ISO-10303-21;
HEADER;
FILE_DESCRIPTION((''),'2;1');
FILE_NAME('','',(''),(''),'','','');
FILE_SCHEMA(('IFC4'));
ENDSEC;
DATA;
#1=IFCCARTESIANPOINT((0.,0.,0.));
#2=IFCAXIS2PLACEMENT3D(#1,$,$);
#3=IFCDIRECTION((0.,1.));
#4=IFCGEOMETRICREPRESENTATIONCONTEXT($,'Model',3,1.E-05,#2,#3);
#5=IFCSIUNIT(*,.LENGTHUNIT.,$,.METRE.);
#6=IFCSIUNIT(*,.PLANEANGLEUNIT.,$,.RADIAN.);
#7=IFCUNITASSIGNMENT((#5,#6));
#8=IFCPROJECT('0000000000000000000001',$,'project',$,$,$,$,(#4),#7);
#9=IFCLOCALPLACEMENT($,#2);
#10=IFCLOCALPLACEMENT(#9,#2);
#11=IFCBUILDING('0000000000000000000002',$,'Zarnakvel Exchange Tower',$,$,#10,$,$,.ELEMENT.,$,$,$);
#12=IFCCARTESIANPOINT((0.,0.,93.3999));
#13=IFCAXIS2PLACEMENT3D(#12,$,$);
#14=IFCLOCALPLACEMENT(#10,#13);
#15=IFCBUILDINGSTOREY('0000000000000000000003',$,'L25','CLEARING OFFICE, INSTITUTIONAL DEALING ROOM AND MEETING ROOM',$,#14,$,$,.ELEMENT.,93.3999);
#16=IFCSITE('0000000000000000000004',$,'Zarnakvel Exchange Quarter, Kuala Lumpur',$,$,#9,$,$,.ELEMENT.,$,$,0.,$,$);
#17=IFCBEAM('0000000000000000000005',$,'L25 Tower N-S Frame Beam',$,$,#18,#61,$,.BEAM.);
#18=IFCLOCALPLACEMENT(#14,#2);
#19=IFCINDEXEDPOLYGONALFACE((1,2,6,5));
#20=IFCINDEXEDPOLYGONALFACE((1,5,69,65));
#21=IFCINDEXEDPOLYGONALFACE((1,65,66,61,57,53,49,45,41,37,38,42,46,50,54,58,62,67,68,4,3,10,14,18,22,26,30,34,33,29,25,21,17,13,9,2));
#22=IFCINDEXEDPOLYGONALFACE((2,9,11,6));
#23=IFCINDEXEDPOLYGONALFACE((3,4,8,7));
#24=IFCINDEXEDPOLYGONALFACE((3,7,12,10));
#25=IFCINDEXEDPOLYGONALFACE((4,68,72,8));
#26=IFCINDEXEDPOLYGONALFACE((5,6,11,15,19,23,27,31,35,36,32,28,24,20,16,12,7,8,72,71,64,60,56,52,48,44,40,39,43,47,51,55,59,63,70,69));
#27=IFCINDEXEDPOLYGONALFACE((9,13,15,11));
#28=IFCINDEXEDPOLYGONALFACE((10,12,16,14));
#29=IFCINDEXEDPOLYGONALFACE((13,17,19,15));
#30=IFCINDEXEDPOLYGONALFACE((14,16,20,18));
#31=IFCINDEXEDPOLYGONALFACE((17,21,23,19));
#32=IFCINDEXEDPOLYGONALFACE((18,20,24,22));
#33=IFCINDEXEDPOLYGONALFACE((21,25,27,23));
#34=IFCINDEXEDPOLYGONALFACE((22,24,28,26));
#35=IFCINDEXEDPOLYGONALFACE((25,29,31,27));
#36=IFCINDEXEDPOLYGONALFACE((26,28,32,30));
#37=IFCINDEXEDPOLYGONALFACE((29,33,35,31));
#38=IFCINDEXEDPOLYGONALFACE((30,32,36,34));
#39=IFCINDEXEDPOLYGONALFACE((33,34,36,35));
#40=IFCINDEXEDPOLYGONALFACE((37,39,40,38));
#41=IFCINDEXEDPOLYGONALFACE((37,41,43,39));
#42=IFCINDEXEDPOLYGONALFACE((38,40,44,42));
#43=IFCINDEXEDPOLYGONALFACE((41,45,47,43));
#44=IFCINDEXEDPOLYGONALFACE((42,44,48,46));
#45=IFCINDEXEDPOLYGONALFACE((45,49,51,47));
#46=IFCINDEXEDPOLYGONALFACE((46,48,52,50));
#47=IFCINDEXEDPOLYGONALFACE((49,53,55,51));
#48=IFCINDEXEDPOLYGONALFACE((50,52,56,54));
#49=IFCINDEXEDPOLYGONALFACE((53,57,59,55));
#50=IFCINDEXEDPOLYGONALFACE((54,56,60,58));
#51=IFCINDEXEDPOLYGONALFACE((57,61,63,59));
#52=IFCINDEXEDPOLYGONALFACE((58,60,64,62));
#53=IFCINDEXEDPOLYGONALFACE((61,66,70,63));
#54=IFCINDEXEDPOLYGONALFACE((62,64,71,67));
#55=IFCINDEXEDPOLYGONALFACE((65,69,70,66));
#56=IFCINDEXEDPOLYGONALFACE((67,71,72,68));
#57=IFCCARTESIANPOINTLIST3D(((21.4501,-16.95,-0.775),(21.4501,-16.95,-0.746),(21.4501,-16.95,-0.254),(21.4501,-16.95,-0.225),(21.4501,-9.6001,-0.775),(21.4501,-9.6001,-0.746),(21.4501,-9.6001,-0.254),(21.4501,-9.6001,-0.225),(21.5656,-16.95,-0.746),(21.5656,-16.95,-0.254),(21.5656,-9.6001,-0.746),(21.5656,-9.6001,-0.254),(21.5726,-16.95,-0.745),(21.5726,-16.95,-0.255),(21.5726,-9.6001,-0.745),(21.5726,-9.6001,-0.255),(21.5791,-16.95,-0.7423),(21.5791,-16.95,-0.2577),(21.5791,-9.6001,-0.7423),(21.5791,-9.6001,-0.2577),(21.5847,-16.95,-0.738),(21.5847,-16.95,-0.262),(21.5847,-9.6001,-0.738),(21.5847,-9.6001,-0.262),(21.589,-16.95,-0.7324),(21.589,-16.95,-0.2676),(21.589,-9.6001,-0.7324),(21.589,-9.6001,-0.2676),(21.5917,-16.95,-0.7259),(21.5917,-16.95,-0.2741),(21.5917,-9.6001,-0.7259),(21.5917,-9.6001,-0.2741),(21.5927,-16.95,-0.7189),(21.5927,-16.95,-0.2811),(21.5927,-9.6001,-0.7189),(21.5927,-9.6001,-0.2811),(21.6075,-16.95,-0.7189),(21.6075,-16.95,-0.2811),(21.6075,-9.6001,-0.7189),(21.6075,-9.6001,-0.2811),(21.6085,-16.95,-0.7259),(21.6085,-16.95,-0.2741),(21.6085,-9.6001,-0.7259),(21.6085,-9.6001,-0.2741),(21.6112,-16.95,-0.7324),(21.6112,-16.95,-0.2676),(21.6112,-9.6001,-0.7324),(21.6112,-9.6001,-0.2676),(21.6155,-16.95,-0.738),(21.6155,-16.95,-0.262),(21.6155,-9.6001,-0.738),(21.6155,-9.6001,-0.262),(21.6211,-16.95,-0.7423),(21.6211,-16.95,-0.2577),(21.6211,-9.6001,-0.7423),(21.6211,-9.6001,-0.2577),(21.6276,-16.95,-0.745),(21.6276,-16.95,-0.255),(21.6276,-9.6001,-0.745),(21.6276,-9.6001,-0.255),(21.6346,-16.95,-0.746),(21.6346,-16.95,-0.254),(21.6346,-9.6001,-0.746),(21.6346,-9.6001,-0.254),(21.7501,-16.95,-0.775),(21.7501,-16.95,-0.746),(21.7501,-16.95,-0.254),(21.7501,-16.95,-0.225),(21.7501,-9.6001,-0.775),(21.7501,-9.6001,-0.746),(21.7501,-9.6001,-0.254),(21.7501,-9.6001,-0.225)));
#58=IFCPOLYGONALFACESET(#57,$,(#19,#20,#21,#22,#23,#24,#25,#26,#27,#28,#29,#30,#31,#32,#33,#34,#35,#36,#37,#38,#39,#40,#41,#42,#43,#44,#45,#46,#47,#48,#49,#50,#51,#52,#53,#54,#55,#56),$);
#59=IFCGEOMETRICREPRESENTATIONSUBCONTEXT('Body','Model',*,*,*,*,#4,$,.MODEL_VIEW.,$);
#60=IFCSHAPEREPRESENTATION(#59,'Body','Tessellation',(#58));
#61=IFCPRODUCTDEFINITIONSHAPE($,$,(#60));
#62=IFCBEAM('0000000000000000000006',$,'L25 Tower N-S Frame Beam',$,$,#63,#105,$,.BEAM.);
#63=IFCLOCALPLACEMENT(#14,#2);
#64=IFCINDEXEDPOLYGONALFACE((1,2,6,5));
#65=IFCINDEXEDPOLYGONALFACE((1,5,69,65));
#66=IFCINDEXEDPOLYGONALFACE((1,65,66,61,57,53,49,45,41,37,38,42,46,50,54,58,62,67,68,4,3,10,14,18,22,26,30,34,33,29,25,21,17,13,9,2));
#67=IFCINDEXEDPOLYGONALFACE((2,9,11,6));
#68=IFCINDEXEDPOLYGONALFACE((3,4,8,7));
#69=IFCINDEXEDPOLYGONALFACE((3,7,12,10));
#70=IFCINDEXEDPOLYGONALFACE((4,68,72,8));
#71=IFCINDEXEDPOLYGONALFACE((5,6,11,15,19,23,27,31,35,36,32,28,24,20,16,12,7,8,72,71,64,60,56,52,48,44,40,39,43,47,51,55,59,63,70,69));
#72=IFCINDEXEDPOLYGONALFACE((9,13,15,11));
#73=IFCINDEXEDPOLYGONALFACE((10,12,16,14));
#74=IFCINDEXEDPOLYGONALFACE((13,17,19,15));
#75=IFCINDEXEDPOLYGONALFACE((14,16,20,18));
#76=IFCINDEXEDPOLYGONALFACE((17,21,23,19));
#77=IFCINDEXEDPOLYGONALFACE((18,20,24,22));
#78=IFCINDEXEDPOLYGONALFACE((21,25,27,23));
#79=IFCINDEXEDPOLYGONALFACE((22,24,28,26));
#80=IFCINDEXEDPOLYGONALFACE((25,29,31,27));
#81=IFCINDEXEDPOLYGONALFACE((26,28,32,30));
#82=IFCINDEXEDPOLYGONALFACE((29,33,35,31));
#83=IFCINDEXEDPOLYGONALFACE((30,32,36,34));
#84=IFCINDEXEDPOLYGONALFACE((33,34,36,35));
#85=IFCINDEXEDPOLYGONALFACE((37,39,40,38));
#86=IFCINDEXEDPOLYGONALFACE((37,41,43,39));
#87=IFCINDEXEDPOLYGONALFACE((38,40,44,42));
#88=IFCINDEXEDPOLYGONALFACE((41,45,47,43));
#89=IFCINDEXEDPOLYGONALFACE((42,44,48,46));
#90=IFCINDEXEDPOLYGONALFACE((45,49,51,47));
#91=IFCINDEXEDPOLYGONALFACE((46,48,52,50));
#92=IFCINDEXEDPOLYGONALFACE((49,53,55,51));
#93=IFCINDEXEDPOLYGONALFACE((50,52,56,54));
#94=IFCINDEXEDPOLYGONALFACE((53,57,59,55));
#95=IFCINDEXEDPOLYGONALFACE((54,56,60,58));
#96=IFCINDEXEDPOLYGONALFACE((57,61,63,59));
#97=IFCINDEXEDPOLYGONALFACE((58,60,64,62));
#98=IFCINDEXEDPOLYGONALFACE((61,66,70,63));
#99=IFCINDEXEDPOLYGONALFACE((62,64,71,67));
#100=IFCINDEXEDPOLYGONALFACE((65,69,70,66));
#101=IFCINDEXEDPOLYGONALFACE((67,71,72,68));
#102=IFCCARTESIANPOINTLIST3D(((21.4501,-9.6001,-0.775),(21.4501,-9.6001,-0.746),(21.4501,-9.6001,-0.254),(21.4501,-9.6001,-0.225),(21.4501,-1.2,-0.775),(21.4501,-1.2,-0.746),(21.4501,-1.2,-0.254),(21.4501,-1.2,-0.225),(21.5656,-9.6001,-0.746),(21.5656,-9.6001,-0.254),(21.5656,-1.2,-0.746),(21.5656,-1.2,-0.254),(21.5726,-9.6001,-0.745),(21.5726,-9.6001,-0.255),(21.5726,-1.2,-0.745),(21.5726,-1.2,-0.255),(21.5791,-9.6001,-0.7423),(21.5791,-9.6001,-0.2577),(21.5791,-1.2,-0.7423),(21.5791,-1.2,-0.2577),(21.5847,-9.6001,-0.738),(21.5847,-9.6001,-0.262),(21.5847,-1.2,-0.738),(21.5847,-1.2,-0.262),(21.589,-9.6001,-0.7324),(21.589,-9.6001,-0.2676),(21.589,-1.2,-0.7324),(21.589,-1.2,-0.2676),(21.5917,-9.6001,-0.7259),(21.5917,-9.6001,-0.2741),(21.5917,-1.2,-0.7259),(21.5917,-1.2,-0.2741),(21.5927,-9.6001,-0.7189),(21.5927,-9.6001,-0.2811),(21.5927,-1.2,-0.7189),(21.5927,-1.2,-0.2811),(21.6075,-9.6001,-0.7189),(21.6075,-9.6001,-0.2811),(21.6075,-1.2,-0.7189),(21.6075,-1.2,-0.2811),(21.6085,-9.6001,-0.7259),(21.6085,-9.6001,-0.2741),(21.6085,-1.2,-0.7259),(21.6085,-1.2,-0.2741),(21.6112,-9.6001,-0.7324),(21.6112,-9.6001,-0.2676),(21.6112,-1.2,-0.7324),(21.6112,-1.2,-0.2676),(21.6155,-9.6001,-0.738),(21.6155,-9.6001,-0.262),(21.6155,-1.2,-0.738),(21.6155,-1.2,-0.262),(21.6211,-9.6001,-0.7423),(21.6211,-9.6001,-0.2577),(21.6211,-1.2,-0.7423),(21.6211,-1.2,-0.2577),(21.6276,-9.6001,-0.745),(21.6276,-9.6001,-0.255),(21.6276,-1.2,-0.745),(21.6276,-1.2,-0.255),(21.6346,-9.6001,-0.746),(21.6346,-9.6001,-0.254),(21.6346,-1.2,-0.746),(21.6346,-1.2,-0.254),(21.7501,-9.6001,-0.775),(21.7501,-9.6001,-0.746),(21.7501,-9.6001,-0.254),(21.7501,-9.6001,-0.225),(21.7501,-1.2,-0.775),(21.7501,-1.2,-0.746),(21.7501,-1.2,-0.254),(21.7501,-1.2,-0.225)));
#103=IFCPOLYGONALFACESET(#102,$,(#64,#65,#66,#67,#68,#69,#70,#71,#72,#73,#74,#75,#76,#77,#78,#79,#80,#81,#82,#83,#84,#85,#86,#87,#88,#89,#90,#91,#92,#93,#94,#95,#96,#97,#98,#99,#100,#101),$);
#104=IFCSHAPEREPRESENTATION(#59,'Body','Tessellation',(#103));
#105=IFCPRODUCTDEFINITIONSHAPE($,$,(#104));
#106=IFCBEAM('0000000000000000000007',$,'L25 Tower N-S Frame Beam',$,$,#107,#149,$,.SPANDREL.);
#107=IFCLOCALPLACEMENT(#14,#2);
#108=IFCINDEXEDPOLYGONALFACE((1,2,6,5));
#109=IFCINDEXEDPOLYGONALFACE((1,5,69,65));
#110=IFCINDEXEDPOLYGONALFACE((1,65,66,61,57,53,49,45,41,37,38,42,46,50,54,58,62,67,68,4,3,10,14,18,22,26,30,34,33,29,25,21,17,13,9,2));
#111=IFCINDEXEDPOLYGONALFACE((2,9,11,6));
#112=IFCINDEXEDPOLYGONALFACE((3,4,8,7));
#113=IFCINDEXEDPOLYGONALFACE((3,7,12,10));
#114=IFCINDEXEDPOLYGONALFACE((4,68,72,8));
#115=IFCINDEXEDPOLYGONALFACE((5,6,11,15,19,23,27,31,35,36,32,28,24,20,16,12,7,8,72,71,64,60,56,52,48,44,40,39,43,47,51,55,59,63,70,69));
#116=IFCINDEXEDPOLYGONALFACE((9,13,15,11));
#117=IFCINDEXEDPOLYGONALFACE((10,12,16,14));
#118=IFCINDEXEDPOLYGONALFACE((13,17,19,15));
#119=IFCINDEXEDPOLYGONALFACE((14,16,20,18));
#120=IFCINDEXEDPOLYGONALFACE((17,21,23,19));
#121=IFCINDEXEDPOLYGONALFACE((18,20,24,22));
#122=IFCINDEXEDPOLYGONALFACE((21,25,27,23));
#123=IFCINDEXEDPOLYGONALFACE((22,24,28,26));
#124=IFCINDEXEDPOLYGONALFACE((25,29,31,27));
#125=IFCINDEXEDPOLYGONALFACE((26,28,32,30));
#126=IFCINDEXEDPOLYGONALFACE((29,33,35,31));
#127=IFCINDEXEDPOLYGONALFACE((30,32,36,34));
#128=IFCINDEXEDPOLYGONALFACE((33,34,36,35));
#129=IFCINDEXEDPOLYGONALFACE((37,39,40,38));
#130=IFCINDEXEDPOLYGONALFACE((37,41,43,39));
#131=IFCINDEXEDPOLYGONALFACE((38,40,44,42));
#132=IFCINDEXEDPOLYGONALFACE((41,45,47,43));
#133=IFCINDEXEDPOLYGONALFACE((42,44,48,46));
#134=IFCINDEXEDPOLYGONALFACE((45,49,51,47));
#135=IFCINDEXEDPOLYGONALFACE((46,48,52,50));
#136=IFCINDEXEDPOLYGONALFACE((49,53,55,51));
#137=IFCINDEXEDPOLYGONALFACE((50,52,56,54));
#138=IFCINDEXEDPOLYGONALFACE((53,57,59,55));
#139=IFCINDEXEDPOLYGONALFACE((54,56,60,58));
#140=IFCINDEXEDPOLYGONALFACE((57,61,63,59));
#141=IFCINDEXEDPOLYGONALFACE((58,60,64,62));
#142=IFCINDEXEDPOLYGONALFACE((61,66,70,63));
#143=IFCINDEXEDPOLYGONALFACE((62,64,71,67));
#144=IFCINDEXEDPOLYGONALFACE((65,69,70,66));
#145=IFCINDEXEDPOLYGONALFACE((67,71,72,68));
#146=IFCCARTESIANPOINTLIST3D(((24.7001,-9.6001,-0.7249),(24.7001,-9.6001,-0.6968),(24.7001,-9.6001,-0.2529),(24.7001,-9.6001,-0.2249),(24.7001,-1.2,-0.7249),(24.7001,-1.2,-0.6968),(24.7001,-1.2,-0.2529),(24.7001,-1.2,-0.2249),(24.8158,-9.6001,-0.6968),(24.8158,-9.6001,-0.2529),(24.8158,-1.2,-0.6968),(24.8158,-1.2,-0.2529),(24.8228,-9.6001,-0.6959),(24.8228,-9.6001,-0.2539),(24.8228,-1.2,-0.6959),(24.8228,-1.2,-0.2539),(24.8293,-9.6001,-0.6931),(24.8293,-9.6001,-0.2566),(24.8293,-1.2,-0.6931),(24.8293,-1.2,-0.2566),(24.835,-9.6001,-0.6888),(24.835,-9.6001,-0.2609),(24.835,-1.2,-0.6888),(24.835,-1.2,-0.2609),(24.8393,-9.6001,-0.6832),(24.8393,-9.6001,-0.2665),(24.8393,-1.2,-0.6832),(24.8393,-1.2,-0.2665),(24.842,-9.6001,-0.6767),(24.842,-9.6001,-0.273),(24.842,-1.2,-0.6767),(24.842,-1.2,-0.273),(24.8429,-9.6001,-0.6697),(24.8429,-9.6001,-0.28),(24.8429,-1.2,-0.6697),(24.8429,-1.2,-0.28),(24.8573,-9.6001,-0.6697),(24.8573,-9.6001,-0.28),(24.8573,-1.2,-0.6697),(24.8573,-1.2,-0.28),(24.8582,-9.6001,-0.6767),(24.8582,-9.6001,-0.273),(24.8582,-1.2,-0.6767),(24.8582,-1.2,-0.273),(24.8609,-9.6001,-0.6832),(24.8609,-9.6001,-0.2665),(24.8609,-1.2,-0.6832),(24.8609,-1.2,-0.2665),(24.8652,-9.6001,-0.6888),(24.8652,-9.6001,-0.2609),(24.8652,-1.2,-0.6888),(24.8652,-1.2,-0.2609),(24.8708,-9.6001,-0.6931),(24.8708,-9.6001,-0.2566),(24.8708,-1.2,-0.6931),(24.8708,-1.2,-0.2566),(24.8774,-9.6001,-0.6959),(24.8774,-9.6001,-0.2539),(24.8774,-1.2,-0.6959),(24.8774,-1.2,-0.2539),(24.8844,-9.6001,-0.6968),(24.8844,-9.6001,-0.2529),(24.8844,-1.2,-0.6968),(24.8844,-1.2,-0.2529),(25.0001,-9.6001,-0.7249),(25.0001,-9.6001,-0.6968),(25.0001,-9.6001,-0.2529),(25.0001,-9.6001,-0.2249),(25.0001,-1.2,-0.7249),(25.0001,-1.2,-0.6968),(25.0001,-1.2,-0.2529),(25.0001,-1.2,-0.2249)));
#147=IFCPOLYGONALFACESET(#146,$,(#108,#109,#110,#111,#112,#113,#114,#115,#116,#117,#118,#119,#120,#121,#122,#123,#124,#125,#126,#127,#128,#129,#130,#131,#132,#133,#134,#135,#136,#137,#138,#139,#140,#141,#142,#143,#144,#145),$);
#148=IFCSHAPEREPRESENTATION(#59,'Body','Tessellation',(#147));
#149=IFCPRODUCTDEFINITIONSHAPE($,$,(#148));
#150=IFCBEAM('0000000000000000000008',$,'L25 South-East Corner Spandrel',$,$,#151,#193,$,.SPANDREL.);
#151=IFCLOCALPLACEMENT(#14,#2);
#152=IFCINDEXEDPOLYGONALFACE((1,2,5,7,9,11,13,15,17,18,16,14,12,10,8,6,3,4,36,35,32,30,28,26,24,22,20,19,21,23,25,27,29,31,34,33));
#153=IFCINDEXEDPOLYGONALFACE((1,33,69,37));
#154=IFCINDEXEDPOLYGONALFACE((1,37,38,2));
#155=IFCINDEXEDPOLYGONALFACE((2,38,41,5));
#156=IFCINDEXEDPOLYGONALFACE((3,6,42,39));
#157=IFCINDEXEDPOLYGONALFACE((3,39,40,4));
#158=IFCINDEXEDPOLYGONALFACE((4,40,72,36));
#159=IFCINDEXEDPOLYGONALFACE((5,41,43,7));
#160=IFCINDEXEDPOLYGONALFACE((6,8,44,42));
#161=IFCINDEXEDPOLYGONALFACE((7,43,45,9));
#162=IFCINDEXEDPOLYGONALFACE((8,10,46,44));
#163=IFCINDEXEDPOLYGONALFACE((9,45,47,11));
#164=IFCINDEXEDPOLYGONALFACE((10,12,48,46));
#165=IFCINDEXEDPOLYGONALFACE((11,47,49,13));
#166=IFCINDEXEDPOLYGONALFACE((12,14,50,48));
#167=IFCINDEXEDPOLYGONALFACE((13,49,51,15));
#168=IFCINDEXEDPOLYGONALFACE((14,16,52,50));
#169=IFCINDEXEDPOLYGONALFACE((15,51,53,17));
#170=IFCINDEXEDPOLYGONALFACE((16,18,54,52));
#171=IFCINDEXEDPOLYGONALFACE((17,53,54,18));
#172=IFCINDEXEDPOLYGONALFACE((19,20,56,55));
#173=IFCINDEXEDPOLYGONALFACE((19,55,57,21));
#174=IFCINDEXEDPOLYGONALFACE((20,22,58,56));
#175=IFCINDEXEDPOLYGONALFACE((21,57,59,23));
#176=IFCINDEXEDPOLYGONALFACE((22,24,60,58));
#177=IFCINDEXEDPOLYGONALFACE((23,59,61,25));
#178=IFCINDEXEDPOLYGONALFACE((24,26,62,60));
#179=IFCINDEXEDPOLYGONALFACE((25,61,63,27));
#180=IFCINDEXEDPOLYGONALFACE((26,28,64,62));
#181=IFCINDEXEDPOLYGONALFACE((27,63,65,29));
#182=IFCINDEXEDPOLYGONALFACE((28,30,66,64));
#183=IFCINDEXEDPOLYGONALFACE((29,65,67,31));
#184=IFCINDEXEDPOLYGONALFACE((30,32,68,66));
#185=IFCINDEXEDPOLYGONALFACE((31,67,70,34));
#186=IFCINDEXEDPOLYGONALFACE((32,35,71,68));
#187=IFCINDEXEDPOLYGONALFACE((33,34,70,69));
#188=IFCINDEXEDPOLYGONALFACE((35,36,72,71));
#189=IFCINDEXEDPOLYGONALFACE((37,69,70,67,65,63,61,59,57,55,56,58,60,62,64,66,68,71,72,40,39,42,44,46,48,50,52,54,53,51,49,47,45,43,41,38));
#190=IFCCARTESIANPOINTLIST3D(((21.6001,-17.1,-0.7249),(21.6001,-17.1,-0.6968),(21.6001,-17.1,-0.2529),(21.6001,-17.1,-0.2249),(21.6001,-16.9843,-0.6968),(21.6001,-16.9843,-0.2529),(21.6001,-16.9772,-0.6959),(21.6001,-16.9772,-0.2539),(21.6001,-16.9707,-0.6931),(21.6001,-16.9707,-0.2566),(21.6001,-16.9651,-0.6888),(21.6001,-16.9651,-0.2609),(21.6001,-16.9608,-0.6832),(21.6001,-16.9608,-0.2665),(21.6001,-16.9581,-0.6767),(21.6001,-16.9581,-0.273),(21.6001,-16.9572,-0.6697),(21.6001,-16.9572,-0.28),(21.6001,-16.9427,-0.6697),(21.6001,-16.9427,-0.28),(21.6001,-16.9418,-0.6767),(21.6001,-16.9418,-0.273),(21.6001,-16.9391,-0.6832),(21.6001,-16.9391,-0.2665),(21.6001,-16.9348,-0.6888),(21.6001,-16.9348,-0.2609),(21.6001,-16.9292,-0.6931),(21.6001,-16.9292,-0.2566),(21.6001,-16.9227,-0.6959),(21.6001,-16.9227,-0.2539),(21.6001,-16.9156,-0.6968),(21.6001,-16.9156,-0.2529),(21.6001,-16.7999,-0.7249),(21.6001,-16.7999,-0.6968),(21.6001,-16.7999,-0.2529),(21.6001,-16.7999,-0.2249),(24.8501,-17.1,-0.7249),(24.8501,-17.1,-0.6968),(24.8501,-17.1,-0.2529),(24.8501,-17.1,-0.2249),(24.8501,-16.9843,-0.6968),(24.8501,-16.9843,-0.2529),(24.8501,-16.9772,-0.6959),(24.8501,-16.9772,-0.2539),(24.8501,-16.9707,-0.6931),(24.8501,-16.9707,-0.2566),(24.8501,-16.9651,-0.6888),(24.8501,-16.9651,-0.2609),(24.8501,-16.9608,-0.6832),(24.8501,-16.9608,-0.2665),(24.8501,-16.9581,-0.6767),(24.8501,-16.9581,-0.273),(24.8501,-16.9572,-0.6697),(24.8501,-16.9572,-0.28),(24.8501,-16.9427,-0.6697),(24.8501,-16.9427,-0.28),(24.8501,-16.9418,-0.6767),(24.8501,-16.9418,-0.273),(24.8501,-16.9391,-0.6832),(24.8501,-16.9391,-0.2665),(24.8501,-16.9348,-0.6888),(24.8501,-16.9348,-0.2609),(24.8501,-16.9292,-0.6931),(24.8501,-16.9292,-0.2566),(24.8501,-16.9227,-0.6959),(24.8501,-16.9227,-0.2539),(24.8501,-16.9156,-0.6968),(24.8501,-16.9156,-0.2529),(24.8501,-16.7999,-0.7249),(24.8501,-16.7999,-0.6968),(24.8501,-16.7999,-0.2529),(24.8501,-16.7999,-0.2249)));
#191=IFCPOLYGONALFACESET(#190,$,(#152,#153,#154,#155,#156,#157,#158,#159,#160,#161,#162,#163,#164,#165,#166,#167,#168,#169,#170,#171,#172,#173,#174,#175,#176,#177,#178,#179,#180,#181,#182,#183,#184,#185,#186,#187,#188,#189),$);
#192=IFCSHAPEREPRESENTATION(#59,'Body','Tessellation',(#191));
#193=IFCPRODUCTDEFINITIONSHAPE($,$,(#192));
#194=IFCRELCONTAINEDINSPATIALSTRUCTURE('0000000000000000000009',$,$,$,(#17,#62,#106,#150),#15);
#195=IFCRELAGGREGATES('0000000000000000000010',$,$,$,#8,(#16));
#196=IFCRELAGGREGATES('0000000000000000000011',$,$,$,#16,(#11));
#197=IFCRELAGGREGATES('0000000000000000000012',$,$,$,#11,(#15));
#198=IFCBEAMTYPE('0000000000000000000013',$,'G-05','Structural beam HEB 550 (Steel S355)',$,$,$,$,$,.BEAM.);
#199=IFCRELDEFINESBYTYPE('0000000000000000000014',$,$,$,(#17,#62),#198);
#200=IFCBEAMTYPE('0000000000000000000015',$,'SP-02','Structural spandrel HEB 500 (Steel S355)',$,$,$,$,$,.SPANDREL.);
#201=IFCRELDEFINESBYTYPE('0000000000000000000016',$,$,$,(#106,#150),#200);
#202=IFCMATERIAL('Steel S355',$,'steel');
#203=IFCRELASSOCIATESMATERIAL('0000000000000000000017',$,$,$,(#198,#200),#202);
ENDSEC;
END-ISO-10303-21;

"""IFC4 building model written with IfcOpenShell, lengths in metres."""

from ifc_helpers import new_model, si_unit, direction, frame, origin, origin_2d, place, context, subcontext, project, spatial, i_section, extrude, material, material_profile, profile_set, type_object, element, save


model = new_model("IFC4")

# Units and contexts
model_context = context("Model", 3, precision=1e-05, world=origin(), true_north=direction((0.0, 1.0)))
body_context = subcontext(model_context, "Body", "Model", "MODEL_VIEW")
ifc_project = project(units=[si_unit("LENGTHUNIT", "METRE"), si_unit("PLANEANGLEUNIT", "RADIAN")], contexts=[model_context])

# Site, building, storey
site_placement = place(None, origin())
site = spatial("IfcSite", under=ifc_project, at=site_placement, Name="Zarnakvel Exchange Quarter, Kuala Lumpur", CompositionType="ELEMENT", RefElevation=0.0)
building_placement = place(site_placement, origin())
building = spatial("IfcBuilding", under=site, at=building_placement, Name="Zarnakvel Exchange Tower", CompositionType="ELEMENT")
storey_placement = place(building_placement, frame((0.0, 0.0, 93.3999)))
storey = spatial("IfcBuildingStorey", under=building, at=storey_placement, Name="L25", Description="CLEARING OFFICE, INSTITUTIONAL DEALING ROOM AND MEETING ROOM", CompositionType="ELEMENT", Elevation=93.3999)

# Shared definitions
ifc_material_1 = material(Name="Steel S355", Category="steel")

# Beams
ifc_material_profile_1 = material_profile(ifc_material_1, i_section(OverallWidth=0.3, OverallDepth=0.55, WebThickness=0.0149, FlangeThickness=0.0291, FilletRadius=0.0271, at=origin_2d()))
ifc_profile_set_1 = profile_set([ifc_material_profile_1], Name="Steel S355")
beam_type_1 = type_object("IfcBeamType", Name="G-05", Description="Structural beam HEB 550 (Steel S355)", PredefinedType="BEAM", material=ifc_profile_set_1)
beam_1_placement = place(storey_placement, frame((21.6001, -16.95, -0.5), z_axis=(0.0, 1.0, 0.0), x_axis=(-1.0, 0.0, 0.0)))
element("IfcBeam", 1, at=beam_1_placement, inside=storey, type_object=beam_type_1, Name="L25 Tower N-S Frame Beam", PredefinedType="BEAM", context=body_context, shape_type="SweptSolid", body=[
    extrude(i_section(OverallWidth=0.3, OverallDepth=0.55, WebThickness=0.0149, FlangeThickness=0.0291, FilletRadius=0.0271, at=origin_2d()), origin(), (0.0, 0.0, 1.0), 7.3499),
])
beam_2_placement = place(storey_placement, frame((21.6001, -9.6001, -0.5), z_axis=(0.0, 1.0, 0.0), x_axis=(-1.0, 0.0, 0.0)))
element("IfcBeam", 2, at=beam_2_placement, inside=storey, type_object=beam_type_1, Name="L25 Tower N-S Frame Beam", PredefinedType="BEAM", context=body_context, shape_type="SweptSolid", body=[
    extrude(i_section(OverallWidth=0.3, OverallDepth=0.55, WebThickness=0.0149, FlangeThickness=0.0291, FilletRadius=0.0271, at=origin_2d()), origin(), (0.0, 0.0, 1.0), 8.4001),
])
ifc_material_profile_2 = material_profile(ifc_material_1, i_section(OverallWidth=0.3, OverallDepth=0.5, WebThickness=0.0144, FlangeThickness=0.0281, FilletRadius=0.0271, at=origin_2d()))
ifc_profile_set_2 = profile_set([ifc_material_profile_2], Name="Steel S355")
beam_type_2 = type_object("IfcBeamType", Name="SP-02", Description="Structural spandrel HEB 500 (Steel S355)", PredefinedType="SPANDREL", material=ifc_profile_set_2)
beam_3_placement = place(storey_placement, frame((24.8501, -9.6001, -0.4749), z_axis=(0.0, 1.0, 0.0), x_axis=(-1.0, 0.0, 0.0)))
element("IfcBeam", 3, at=beam_3_placement, inside=storey, type_object=beam_type_2, Name="L25 Tower N-S Frame Beam", PredefinedType="SPANDREL", context=body_context, shape_type="SweptSolid", body=[
    extrude(i_section(OverallWidth=0.3, OverallDepth=0.5, WebThickness=0.0144, FlangeThickness=0.0281, FilletRadius=0.0271, at=origin_2d()), origin(), (0.0, 0.0, 1.0), 8.4001),
])
beam_4_placement = place(storey_placement, frame((21.6001, -16.95, -0.4749), z_axis=(1.0, 0.0, 0.0), x_axis=(0.0, 1.0, 0.0)))
element("IfcBeam", 4, at=beam_4_placement, inside=storey, type_object=beam_type_2, Name="L25 South-East Corner Spandrel", PredefinedType="SPANDREL", context=body_context, shape_type="SweptSolid", body=[
    extrude(i_section(OverallWidth=0.3, OverallDepth=0.5, WebThickness=0.0144, FlangeThickness=0.0281, FilletRadius=0.0271, at=origin_2d()), origin(), (0.0, 0.0, 1.0), 3.25),
])

save(model, "model.ifc")
